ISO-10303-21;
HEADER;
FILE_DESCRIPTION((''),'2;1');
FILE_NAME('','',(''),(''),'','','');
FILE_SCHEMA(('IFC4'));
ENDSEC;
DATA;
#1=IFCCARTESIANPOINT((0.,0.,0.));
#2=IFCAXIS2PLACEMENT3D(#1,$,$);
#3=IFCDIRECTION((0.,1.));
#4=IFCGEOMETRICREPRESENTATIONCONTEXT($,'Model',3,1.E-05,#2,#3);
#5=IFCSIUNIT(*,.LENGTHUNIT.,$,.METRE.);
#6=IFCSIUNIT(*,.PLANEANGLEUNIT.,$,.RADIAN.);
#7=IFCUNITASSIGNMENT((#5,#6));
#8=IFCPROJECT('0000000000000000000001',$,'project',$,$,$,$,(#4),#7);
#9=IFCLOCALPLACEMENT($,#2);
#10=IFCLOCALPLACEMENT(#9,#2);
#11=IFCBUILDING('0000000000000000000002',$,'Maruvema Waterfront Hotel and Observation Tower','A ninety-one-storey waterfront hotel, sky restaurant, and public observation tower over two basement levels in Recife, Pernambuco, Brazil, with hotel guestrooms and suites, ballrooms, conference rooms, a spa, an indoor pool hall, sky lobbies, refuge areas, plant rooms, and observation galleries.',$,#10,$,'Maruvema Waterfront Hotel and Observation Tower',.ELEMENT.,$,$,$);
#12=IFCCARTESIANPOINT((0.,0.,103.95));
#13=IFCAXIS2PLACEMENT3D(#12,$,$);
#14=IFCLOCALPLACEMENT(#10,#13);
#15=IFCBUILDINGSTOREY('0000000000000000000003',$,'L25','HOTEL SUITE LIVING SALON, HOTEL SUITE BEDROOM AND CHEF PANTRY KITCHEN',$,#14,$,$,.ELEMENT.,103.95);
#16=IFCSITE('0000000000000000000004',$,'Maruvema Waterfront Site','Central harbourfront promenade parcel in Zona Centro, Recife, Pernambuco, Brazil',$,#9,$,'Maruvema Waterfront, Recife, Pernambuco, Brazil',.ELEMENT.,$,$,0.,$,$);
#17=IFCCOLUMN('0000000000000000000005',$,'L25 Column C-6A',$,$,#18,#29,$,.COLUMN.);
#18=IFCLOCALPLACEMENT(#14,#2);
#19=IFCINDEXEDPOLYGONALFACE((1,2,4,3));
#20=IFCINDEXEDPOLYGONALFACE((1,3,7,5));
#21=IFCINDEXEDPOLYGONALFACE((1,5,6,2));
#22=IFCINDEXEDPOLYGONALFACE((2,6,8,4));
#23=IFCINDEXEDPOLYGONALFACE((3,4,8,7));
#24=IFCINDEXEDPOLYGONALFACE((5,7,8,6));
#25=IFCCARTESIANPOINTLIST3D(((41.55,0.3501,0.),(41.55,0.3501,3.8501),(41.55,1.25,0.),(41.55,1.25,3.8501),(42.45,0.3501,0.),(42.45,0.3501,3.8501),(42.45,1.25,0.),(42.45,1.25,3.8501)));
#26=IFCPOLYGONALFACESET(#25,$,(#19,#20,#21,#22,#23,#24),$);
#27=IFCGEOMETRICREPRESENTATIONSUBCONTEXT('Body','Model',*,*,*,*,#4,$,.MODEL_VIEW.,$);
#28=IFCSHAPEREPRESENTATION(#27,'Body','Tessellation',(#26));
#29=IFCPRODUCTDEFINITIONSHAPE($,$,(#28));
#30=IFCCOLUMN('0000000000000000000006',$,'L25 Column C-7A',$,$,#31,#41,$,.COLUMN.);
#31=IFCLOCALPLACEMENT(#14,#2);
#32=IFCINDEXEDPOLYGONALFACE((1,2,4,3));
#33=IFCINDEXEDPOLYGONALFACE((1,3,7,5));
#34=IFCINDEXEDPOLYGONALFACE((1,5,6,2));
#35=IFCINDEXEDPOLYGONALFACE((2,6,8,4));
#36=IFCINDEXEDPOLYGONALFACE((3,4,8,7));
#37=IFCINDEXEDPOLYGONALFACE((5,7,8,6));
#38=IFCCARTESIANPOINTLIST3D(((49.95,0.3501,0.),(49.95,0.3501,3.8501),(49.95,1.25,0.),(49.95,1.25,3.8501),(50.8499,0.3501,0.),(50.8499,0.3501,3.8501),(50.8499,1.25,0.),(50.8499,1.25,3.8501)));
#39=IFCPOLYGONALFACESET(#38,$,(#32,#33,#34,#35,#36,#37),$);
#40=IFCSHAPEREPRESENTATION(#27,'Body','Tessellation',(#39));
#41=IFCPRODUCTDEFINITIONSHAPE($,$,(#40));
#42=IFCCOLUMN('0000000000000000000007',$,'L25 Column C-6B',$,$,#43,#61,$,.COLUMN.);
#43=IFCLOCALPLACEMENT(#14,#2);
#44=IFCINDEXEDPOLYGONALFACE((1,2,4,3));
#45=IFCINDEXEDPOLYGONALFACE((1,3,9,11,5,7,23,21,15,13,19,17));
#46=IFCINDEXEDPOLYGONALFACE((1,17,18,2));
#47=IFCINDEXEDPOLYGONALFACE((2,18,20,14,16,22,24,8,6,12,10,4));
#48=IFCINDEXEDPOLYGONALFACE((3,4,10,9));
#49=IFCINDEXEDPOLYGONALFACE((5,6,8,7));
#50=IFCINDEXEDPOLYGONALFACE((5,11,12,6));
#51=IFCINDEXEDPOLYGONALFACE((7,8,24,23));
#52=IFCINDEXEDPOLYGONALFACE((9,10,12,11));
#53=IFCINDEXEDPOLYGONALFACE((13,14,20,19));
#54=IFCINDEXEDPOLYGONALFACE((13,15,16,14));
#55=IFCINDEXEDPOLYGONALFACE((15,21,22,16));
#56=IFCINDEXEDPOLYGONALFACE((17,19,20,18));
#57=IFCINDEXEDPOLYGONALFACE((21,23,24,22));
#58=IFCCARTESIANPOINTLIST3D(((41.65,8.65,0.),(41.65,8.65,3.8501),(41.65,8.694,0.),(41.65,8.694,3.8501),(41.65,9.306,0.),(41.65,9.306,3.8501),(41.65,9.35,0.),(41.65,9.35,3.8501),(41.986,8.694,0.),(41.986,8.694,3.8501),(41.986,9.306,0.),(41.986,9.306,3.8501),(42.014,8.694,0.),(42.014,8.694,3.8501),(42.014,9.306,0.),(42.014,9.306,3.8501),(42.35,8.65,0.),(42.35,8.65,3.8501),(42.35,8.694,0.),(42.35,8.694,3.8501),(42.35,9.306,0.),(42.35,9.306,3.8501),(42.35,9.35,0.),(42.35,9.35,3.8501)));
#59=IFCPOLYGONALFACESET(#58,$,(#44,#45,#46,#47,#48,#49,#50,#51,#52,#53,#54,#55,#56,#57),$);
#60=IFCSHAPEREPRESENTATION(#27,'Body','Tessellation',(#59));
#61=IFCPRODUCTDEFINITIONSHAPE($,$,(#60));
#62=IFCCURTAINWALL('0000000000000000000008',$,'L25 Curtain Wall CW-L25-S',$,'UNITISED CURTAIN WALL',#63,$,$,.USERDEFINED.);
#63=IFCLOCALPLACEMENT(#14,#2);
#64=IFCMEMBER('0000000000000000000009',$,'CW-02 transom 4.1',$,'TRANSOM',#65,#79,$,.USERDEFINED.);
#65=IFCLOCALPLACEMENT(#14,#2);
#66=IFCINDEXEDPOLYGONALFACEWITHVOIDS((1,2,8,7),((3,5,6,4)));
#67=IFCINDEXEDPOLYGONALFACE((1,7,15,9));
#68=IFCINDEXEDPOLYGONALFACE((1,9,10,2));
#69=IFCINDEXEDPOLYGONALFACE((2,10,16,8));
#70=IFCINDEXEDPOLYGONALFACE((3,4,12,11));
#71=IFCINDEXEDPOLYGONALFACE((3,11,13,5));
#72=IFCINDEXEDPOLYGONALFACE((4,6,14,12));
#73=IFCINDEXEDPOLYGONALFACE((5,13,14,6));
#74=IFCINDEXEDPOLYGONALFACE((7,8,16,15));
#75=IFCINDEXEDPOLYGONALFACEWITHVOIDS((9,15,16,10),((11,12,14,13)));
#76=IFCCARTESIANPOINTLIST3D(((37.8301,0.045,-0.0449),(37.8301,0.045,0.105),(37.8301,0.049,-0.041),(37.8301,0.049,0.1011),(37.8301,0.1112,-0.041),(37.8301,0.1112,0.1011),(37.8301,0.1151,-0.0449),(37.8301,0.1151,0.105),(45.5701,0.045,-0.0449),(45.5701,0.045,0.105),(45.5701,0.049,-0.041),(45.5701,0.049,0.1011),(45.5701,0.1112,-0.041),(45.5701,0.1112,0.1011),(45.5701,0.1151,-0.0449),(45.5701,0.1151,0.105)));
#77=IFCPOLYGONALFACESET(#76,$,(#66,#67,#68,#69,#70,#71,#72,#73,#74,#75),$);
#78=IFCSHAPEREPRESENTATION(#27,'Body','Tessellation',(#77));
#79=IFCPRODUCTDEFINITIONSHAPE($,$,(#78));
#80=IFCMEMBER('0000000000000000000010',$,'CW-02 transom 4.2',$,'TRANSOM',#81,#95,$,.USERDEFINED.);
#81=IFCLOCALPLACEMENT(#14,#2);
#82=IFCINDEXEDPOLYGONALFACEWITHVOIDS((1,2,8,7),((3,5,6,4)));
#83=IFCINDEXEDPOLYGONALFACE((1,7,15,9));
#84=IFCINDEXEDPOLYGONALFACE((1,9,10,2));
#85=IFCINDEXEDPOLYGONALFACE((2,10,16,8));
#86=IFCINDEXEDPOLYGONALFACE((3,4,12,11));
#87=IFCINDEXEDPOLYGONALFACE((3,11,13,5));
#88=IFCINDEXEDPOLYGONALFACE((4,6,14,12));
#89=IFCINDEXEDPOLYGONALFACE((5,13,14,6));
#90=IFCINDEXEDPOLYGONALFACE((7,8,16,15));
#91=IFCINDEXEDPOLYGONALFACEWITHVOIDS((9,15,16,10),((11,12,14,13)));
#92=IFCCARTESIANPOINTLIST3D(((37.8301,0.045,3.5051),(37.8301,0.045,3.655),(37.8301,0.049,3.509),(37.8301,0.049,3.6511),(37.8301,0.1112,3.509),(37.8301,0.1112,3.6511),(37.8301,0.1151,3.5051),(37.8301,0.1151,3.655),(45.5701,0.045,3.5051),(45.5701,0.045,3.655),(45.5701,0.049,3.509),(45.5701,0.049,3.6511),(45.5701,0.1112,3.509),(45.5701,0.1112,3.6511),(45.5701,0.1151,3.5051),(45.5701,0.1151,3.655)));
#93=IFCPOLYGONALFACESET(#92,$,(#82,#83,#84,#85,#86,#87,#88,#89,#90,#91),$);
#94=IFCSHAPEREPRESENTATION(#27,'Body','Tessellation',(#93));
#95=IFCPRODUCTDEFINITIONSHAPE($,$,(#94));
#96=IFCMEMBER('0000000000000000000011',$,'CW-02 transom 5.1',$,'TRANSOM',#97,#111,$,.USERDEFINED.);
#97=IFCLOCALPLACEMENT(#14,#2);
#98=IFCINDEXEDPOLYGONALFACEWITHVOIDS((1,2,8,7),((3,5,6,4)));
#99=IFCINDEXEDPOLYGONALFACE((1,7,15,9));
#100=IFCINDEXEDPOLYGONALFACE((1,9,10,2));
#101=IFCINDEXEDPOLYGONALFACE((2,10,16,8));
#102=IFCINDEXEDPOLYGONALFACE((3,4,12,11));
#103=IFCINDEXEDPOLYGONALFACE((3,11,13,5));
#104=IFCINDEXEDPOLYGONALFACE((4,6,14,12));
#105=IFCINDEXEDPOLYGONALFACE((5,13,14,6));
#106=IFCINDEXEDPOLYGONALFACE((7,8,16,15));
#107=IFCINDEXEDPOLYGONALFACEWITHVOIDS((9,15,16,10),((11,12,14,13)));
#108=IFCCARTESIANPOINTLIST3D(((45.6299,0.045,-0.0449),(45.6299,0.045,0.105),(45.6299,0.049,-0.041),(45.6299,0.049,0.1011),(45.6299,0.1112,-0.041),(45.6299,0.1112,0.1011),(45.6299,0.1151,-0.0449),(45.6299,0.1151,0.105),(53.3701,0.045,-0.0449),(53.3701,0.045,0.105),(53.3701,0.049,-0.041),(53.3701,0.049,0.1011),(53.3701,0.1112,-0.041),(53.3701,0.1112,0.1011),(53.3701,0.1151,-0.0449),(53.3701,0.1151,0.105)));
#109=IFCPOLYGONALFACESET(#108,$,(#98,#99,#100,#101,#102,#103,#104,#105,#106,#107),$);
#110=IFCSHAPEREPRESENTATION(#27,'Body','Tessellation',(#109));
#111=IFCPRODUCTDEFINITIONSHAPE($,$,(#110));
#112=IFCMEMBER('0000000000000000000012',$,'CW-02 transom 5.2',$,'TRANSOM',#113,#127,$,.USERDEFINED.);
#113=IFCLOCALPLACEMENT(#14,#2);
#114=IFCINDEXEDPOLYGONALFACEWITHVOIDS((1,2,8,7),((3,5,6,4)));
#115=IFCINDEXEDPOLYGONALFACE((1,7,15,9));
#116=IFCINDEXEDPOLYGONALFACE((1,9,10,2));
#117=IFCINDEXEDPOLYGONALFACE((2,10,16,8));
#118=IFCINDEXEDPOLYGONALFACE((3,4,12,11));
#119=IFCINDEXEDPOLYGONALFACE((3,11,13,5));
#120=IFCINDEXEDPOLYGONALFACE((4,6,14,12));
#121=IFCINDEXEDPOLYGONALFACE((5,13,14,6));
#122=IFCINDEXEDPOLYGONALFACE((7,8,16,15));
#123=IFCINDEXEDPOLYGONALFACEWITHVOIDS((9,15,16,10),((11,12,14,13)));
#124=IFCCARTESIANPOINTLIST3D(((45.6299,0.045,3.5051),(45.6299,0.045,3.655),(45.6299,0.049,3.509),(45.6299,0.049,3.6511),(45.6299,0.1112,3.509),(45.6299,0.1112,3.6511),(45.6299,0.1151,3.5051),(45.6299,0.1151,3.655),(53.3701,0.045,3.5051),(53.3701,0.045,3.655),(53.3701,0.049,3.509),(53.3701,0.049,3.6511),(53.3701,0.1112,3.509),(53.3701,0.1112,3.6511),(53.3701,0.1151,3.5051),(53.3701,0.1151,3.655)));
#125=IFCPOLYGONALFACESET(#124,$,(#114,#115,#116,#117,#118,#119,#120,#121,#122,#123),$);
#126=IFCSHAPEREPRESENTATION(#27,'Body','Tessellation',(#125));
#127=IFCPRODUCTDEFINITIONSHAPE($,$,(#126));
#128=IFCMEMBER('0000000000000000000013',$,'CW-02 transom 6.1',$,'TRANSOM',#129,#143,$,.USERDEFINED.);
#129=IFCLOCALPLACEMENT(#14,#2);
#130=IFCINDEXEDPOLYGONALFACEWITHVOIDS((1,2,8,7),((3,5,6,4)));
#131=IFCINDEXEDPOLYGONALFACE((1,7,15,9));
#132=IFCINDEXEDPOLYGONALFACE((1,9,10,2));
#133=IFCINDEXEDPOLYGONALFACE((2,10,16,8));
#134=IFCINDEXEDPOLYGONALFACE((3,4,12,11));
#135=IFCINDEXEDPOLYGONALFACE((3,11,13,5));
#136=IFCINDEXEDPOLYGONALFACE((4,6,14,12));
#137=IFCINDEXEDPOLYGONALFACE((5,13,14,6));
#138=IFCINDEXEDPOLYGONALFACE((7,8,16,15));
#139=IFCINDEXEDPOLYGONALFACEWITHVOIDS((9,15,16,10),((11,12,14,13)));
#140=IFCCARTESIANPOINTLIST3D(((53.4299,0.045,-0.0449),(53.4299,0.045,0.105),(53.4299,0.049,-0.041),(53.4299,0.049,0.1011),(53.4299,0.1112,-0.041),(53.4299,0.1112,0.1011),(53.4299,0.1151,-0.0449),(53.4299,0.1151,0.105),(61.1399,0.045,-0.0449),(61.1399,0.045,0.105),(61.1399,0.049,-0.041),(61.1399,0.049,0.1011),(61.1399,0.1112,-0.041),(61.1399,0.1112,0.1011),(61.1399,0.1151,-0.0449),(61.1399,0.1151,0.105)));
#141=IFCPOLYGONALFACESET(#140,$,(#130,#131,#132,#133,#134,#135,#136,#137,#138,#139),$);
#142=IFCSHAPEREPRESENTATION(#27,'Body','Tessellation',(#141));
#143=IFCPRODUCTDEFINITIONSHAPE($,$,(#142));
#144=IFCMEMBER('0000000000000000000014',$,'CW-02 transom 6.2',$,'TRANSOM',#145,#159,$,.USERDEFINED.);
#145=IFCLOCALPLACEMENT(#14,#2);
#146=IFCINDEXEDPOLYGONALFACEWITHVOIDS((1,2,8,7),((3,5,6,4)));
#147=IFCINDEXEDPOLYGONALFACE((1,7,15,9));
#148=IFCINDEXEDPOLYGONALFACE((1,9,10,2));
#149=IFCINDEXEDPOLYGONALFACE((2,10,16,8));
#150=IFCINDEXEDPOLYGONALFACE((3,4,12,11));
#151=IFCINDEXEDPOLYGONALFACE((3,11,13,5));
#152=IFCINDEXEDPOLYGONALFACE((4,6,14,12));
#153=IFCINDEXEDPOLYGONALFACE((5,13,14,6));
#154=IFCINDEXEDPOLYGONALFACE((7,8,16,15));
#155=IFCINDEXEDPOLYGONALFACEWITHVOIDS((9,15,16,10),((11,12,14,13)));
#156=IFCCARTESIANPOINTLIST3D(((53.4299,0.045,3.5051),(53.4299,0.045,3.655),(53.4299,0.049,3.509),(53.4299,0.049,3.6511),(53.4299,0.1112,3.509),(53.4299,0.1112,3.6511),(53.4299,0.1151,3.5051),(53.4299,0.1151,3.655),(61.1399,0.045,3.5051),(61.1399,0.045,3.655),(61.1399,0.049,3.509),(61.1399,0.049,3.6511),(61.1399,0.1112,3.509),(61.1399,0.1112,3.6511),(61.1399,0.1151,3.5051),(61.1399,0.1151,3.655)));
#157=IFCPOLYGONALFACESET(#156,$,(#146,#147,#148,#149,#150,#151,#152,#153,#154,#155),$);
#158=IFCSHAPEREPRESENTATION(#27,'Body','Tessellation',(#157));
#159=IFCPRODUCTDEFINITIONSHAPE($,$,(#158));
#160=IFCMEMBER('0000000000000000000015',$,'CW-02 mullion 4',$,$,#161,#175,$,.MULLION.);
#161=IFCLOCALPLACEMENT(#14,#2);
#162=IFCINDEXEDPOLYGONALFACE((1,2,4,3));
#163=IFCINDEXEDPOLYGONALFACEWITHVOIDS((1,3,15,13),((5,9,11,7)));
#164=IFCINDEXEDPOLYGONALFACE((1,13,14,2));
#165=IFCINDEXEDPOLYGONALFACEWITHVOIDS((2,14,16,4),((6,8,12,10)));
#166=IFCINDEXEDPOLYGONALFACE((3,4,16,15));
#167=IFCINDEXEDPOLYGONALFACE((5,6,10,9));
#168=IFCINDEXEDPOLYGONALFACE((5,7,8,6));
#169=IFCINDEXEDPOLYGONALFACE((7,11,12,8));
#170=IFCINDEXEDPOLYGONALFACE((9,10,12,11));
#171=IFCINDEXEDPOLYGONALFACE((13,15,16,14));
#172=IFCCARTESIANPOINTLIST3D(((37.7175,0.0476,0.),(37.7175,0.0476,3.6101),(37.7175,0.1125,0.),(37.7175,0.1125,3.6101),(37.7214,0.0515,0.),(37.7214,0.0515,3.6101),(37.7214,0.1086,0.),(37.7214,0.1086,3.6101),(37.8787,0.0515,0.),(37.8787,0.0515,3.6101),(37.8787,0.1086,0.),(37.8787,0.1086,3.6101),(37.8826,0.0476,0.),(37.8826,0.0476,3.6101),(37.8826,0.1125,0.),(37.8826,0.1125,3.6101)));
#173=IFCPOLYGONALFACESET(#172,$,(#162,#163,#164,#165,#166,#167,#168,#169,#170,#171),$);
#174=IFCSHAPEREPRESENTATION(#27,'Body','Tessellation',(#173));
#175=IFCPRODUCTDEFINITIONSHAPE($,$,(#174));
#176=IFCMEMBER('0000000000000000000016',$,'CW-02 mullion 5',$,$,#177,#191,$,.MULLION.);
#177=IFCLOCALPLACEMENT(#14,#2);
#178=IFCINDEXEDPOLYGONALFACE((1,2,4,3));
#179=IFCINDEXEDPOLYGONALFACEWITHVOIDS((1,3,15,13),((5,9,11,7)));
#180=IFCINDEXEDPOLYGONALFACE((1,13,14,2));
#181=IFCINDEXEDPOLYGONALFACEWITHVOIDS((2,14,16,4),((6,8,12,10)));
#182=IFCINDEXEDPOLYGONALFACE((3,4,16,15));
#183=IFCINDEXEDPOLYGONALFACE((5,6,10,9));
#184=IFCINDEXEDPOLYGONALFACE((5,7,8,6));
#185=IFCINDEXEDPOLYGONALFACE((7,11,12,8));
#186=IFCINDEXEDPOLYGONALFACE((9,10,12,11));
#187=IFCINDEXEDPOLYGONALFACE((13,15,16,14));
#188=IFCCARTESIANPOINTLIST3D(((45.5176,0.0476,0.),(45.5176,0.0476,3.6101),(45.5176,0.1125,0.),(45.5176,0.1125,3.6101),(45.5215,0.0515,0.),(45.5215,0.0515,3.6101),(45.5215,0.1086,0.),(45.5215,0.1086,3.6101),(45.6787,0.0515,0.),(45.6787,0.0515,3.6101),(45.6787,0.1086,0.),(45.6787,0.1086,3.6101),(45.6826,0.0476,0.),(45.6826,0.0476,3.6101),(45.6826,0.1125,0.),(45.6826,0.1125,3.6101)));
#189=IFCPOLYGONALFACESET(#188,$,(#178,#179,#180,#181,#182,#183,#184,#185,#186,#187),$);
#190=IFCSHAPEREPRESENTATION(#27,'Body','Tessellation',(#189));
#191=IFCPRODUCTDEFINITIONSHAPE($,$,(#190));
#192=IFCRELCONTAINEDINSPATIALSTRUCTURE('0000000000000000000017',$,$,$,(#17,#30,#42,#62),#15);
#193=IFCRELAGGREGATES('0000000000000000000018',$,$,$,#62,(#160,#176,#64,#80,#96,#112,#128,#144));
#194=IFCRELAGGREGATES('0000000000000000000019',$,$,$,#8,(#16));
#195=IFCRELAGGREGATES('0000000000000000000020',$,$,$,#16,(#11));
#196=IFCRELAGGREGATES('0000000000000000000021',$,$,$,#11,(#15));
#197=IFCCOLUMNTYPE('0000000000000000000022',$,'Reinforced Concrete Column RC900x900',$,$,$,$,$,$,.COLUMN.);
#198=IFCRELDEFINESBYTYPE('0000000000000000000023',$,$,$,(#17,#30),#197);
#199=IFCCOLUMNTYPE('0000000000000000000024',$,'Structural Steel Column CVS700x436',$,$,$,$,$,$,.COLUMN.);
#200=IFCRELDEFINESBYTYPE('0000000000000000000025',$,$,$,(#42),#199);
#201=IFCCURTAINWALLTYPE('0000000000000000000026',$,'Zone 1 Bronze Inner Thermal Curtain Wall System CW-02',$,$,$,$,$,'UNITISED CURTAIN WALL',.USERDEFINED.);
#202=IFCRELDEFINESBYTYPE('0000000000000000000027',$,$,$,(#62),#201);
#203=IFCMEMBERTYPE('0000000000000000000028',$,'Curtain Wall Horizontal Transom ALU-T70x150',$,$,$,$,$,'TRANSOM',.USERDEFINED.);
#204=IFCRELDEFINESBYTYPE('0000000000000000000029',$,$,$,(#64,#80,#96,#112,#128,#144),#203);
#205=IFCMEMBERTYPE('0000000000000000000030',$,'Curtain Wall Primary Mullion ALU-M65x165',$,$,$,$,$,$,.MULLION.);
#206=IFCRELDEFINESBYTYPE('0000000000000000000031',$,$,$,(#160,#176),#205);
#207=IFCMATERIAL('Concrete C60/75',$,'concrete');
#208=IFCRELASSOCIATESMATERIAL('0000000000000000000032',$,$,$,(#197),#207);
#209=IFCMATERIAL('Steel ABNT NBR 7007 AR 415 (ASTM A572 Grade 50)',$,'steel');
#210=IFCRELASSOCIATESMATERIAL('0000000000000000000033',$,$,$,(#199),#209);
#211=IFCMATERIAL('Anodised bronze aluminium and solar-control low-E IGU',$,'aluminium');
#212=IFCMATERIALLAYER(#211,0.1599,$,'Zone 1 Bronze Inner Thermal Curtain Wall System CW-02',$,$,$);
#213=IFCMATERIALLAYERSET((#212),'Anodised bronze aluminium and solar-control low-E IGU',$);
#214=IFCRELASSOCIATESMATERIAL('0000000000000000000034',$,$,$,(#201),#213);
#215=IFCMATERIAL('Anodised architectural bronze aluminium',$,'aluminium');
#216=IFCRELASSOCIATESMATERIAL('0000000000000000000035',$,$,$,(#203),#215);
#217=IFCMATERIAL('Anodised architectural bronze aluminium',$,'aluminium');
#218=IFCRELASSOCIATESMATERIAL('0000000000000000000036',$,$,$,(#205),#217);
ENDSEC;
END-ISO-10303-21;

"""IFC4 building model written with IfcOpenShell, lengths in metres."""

from ifc_helpers import new_model, si_unit, direction, frame, origin, origin_2d, place, context, subcontext, project, spatial, rectangle, hollow_rectangle, i_section, extrude, material, layer, layer_set, material_profile, profile_set, type_object, element, aggregate, save


model = new_model("IFC4")

# Units and contexts
model_context = context("Model", 3, precision=1e-05, world=origin(), true_north=direction((0.0, 1.0)))
body_context = subcontext(model_context, "Body", "Model", "MODEL_VIEW")
ifc_project = project(units=[si_unit("LENGTHUNIT", "METRE"), si_unit("PLANEANGLEUNIT", "RADIAN")], contexts=[model_context])

# Site, building, storey
site_placement = place(None, origin())
site = spatial("IfcSite", under=ifc_project, at=site_placement, Name="Maruvema Waterfront Site", Description="Central harbourfront promenade parcel in Zona Centro, Recife, Pernambuco, Brazil", LongName="Maruvema Waterfront, Recife, Pernambuco, Brazil", CompositionType="ELEMENT", RefElevation=0.0)
building_placement = place(site_placement, origin())
building = spatial("IfcBuilding", under=site, at=building_placement, Name="Maruvema Waterfront Hotel and Observation Tower", Description="A ninety-one-storey waterfront hotel, sky restaurant, and public observation tower over two basement levels in Recife, Pernambuco, Brazil, with hotel guestrooms and suites, ballrooms, conference rooms, a spa, an indoor pool hall, sky lobbies, refuge areas, plant rooms, and observation galleries.", LongName="Maruvema Waterfront Hotel and Observation Tower", CompositionType="ELEMENT")
storey_placement = place(building_placement, frame((0.0, 0.0, 103.95)))
storey = spatial("IfcBuildingStorey", under=building, at=storey_placement, Name="L25", Description="HOTEL SUITE LIVING SALON, HOTEL SUITE BEDROOM AND CHEF PANTRY KITCHEN", CompositionType="ELEMENT", Elevation=103.95)

# Columns
ifc_material_1 = material(Name="Concrete C60/75", Category="concrete")
ifc_material_profile_1 = material_profile(ifc_material_1, rectangle(XDim=0.8999, YDim=0.8999, at=origin_2d()), Name="RC900x900")
ifc_profile_set_1 = profile_set([ifc_material_profile_1], Name="Concrete C60/75")
column_type_1 = type_object("IfcColumnType", Name="Reinforced Concrete Column RC900x900", PredefinedType="COLUMN", material=ifc_profile_set_1)
for number, where, z_axis, x_axis, name in (
    (1, (42.0, 0.8, 0.0), (0.0, 0.0, 1.0), (1.0, 0.0, 0.0), "L25 Column C-6A"),
    (2, (50.3999, 0.8, 0.0), (0.0, 0.0, 1.0), (1.0, 0.0, 0.0), "L25 Column C-7A"),
):
    element("IfcColumn", number, at=place(storey_placement, frame(where, z_axis=z_axis, x_axis=x_axis)), inside=storey, type_object=column_type_1, Name=name, PredefinedType="COLUMN", context=body_context, shape_type="SweptSolid", body=[
        extrude(rectangle(XDim=0.8999, YDim=0.8999, at=origin_2d()), origin(), (0.0, 0.0, 1.0), 3.8501),
    ])
ifc_material_2 = material(Name="Steel ABNT NBR 7007 AR 415 (ASTM A572 Grade 50)", Category="steel")
ifc_material_profile_2 = material_profile(ifc_material_2, i_section(OverallWidth=0.7, OverallDepth=0.7, WebThickness=0.0281, FlangeThickness=0.0439, at=origin_2d()), Name="CVS700x436")
ifc_profile_set_2 = profile_set([ifc_material_profile_2], Name="Steel ABNT NBR 7007 AR 415 (ASTM A572 Grade 50)")
column_type_2 = type_object("IfcColumnType", Name="Structural Steel Column CVS700x436", PredefinedType="COLUMN", material=ifc_profile_set_2)
column_placement = place(storey_placement, frame((42.0, 9.0, 0.0), z_axis=(0.0, 0.0, 1.0), x_axis=(1.0, 0.0, 0.0)))
element("IfcColumn", 3, at=column_placement, inside=storey, type_object=column_type_2, Name="L25 Column C-6B", PredefinedType="COLUMN", context=body_context, shape_type="SweptSolid", body=[
    extrude(i_section(OverallWidth=0.7, OverallDepth=0.7, WebThickness=0.0281, FlangeThickness=0.0439, at=origin_2d()), origin(), (0.0, 0.0, 1.0), 3.8501),
])

# Curtain wall, members
ifc_material_3 = material(Name="Anodised bronze aluminium and solar-control low-E IGU", Category="aluminium")
ifc_layer_1 = layer(ifc_material_3, 0.1599, Name="Zone 1 Bronze Inner Thermal Curtain Wall System CW-02")
ifc_layer_set_1 = layer_set([ifc_layer_1], Name="Anodised bronze aluminium and solar-control low-E IGU")
curtain_wall_type = type_object("IfcCurtainWallType", Name="Zone 1 Bronze Inner Thermal Curtain Wall System CW-02", ElementType="UNITISED CURTAIN WALL", PredefinedType="USERDEFINED", material=ifc_layer_set_1)
curtain_wall_placement = place(storey_placement, origin())
curtain_wall = element("IfcCurtainWall", 4, at=curtain_wall_placement, inside=storey, type_object=curtain_wall_type, Name="L25 Curtain Wall CW-L25-S", ObjectType="UNITISED CURTAIN WALL", PredefinedType="USERDEFINED")
ifc_material_4 = material(Name="Anodised architectural bronze aluminium", Category="aluminium")
ifc_material_profile_3 = material_profile(ifc_material_4, hollow_rectangle(XDim=0.0701, YDim=0.1499, WallThickness=0.0039, at=origin_2d()), Name="ALU-T70x150")
ifc_profile_set_3 = profile_set([ifc_material_profile_3], Name="Anodised architectural bronze aluminium")
member_type_1 = type_object("IfcMemberType", Name="Curtain Wall Horizontal Transom ALU-T70x150", ElementType="TRANSOM", PredefinedType="USERDEFINED", material=ifc_profile_set_3)
member_1_placement = place(storey_placement, frame((37.8301, 0.0801, 0.03), z_axis=(1.0, 0.0, 0.0), x_axis=(0.0, 1.0, 0.0)))
member_1 = element("IfcMember", 5, at=member_1_placement, type_object=member_type_1, Name="CW-02 transom 4.1", ObjectType="TRANSOM", PredefinedType="USERDEFINED", context=body_context, shape_type="SweptSolid", body=[
    extrude(hollow_rectangle(XDim=0.0701, YDim=0.1499, WallThickness=0.0039, at=origin_2d()), origin(), (0.0, 0.0, 1.0), 7.74),
])
member_2_placement = place(storey_placement, frame((37.8301, 0.0801, 3.5801), z_axis=(1.0, 0.0, 0.0), x_axis=(0.0, 1.0, 0.0)))
member_2 = element("IfcMember", 6, at=member_2_placement, type_object=member_type_1, Name="CW-02 transom 4.2", ObjectType="TRANSOM", PredefinedType="USERDEFINED", context=body_context, shape_type="SweptSolid", body=[
    extrude(hollow_rectangle(XDim=0.0701, YDim=0.1499, WallThickness=0.0039, at=origin_2d()), origin(), (0.0, 0.0, 1.0), 7.74),
])
member_3_placement = place(storey_placement, frame((45.6299, 0.0801, 0.03), z_axis=(1.0, 0.0, 0.0), x_axis=(0.0, 1.0, 0.0)))
member_3 = element("IfcMember", 7, at=member_3_placement, type_object=member_type_1, Name="CW-02 transom 5.1", ObjectType="TRANSOM", PredefinedType="USERDEFINED", context=body_context, shape_type="SweptSolid", body=[
    extrude(hollow_rectangle(XDim=0.0701, YDim=0.1499, WallThickness=0.0039, at=origin_2d()), origin(), (0.0, 0.0, 1.0), 7.7402),
])
member_4_placement = place(storey_placement, frame((45.6299, 0.0801, 3.5801), z_axis=(1.0, 0.0, 0.0), x_axis=(0.0, 1.0, 0.0)))
member_4 = element("IfcMember", 8, at=member_4_placement, type_object=member_type_1, Name="CW-02 transom 5.2", ObjectType="TRANSOM", PredefinedType="USERDEFINED", context=body_context, shape_type="SweptSolid", body=[
    extrude(hollow_rectangle(XDim=0.0701, YDim=0.1499, WallThickness=0.0039, at=origin_2d()), origin(), (0.0, 0.0, 1.0), 7.7402),
])
member_5_placement = place(storey_placement, frame((53.4299, 0.0801, 0.03), z_axis=(1.0, 0.0, 0.0), x_axis=(0.0, 1.0, 0.0)))
member_5 = element("IfcMember", 9, at=member_5_placement, type_object=member_type_1, Name="CW-02 transom 6.1", ObjectType="TRANSOM", PredefinedType="USERDEFINED", context=body_context, shape_type="SweptSolid", body=[
    extrude(hollow_rectangle(XDim=0.0701, YDim=0.1499, WallThickness=0.0039, at=origin_2d()), origin(), (0.0, 0.0, 1.0), 7.71),
])
member_6_placement = place(storey_placement, frame((53.4299, 0.0801, 3.5801), z_axis=(1.0, 0.0, 0.0), x_axis=(0.0, 1.0, 0.0)))
member_6 = element("IfcMember", 10, at=member_6_placement, type_object=member_type_1, Name="CW-02 transom 6.2", ObjectType="TRANSOM", PredefinedType="USERDEFINED", context=body_context, shape_type="SweptSolid", body=[
    extrude(hollow_rectangle(XDim=0.0701, YDim=0.1499, WallThickness=0.0039, at=origin_2d()), origin(), (0.0, 0.0, 1.0), 7.71),
])
ifc_material_5 = material(Name="Anodised architectural bronze aluminium", Category="aluminium")
ifc_material_profile_4 = material_profile(ifc_material_5, hollow_rectangle(XDim=0.0649, YDim=0.165, WallThickness=0.0039, at=origin_2d()), Name="ALU-M65x165")
ifc_profile_set_4 = profile_set([ifc_material_profile_4], Name="Anodised architectural bronze aluminium")
member_type_2 = type_object("IfcMemberType", Name="Curtain Wall Primary Mullion ALU-M65x165", PredefinedType="MULLION", material=ifc_profile_set_4)
member_7_placement = place(storey_placement, frame((37.8, 0.0801, 0.0), z_axis=(0.0, 0.0, 1.0), x_axis=(0.0, 1.0, 0.0)))
member_7 = element("IfcMember", 11, at=member_7_placement, type_object=member_type_2, Name="CW-02 mullion 4", PredefinedType="MULLION", context=body_context, shape_type="SweptSolid", body=[
    extrude(hollow_rectangle(XDim=0.0649, YDim=0.165, WallThickness=0.0039, at=origin_2d()), origin(), (0.0, 0.0, 1.0), 3.6101),
])
member_8_placement = place(storey_placement, frame((45.6001, 0.0801, 0.0), z_axis=(0.0, 0.0, 1.0), x_axis=(0.0, 1.0, 0.0)))
member_8 = element("IfcMember", 12, at=member_8_placement, type_object=member_type_2, Name="CW-02 mullion 5", PredefinedType="MULLION", context=body_context, shape_type="SweptSolid", body=[
    extrude(hollow_rectangle(XDim=0.0649, YDim=0.165, WallThickness=0.0039, at=origin_2d()), origin(), (0.0, 0.0, 1.0), 3.6101),
])

aggregate(curtain_wall, [member_7, member_8, member_1, member_2, member_3, member_4, member_5, member_6])

save(model, "model.ifc")
